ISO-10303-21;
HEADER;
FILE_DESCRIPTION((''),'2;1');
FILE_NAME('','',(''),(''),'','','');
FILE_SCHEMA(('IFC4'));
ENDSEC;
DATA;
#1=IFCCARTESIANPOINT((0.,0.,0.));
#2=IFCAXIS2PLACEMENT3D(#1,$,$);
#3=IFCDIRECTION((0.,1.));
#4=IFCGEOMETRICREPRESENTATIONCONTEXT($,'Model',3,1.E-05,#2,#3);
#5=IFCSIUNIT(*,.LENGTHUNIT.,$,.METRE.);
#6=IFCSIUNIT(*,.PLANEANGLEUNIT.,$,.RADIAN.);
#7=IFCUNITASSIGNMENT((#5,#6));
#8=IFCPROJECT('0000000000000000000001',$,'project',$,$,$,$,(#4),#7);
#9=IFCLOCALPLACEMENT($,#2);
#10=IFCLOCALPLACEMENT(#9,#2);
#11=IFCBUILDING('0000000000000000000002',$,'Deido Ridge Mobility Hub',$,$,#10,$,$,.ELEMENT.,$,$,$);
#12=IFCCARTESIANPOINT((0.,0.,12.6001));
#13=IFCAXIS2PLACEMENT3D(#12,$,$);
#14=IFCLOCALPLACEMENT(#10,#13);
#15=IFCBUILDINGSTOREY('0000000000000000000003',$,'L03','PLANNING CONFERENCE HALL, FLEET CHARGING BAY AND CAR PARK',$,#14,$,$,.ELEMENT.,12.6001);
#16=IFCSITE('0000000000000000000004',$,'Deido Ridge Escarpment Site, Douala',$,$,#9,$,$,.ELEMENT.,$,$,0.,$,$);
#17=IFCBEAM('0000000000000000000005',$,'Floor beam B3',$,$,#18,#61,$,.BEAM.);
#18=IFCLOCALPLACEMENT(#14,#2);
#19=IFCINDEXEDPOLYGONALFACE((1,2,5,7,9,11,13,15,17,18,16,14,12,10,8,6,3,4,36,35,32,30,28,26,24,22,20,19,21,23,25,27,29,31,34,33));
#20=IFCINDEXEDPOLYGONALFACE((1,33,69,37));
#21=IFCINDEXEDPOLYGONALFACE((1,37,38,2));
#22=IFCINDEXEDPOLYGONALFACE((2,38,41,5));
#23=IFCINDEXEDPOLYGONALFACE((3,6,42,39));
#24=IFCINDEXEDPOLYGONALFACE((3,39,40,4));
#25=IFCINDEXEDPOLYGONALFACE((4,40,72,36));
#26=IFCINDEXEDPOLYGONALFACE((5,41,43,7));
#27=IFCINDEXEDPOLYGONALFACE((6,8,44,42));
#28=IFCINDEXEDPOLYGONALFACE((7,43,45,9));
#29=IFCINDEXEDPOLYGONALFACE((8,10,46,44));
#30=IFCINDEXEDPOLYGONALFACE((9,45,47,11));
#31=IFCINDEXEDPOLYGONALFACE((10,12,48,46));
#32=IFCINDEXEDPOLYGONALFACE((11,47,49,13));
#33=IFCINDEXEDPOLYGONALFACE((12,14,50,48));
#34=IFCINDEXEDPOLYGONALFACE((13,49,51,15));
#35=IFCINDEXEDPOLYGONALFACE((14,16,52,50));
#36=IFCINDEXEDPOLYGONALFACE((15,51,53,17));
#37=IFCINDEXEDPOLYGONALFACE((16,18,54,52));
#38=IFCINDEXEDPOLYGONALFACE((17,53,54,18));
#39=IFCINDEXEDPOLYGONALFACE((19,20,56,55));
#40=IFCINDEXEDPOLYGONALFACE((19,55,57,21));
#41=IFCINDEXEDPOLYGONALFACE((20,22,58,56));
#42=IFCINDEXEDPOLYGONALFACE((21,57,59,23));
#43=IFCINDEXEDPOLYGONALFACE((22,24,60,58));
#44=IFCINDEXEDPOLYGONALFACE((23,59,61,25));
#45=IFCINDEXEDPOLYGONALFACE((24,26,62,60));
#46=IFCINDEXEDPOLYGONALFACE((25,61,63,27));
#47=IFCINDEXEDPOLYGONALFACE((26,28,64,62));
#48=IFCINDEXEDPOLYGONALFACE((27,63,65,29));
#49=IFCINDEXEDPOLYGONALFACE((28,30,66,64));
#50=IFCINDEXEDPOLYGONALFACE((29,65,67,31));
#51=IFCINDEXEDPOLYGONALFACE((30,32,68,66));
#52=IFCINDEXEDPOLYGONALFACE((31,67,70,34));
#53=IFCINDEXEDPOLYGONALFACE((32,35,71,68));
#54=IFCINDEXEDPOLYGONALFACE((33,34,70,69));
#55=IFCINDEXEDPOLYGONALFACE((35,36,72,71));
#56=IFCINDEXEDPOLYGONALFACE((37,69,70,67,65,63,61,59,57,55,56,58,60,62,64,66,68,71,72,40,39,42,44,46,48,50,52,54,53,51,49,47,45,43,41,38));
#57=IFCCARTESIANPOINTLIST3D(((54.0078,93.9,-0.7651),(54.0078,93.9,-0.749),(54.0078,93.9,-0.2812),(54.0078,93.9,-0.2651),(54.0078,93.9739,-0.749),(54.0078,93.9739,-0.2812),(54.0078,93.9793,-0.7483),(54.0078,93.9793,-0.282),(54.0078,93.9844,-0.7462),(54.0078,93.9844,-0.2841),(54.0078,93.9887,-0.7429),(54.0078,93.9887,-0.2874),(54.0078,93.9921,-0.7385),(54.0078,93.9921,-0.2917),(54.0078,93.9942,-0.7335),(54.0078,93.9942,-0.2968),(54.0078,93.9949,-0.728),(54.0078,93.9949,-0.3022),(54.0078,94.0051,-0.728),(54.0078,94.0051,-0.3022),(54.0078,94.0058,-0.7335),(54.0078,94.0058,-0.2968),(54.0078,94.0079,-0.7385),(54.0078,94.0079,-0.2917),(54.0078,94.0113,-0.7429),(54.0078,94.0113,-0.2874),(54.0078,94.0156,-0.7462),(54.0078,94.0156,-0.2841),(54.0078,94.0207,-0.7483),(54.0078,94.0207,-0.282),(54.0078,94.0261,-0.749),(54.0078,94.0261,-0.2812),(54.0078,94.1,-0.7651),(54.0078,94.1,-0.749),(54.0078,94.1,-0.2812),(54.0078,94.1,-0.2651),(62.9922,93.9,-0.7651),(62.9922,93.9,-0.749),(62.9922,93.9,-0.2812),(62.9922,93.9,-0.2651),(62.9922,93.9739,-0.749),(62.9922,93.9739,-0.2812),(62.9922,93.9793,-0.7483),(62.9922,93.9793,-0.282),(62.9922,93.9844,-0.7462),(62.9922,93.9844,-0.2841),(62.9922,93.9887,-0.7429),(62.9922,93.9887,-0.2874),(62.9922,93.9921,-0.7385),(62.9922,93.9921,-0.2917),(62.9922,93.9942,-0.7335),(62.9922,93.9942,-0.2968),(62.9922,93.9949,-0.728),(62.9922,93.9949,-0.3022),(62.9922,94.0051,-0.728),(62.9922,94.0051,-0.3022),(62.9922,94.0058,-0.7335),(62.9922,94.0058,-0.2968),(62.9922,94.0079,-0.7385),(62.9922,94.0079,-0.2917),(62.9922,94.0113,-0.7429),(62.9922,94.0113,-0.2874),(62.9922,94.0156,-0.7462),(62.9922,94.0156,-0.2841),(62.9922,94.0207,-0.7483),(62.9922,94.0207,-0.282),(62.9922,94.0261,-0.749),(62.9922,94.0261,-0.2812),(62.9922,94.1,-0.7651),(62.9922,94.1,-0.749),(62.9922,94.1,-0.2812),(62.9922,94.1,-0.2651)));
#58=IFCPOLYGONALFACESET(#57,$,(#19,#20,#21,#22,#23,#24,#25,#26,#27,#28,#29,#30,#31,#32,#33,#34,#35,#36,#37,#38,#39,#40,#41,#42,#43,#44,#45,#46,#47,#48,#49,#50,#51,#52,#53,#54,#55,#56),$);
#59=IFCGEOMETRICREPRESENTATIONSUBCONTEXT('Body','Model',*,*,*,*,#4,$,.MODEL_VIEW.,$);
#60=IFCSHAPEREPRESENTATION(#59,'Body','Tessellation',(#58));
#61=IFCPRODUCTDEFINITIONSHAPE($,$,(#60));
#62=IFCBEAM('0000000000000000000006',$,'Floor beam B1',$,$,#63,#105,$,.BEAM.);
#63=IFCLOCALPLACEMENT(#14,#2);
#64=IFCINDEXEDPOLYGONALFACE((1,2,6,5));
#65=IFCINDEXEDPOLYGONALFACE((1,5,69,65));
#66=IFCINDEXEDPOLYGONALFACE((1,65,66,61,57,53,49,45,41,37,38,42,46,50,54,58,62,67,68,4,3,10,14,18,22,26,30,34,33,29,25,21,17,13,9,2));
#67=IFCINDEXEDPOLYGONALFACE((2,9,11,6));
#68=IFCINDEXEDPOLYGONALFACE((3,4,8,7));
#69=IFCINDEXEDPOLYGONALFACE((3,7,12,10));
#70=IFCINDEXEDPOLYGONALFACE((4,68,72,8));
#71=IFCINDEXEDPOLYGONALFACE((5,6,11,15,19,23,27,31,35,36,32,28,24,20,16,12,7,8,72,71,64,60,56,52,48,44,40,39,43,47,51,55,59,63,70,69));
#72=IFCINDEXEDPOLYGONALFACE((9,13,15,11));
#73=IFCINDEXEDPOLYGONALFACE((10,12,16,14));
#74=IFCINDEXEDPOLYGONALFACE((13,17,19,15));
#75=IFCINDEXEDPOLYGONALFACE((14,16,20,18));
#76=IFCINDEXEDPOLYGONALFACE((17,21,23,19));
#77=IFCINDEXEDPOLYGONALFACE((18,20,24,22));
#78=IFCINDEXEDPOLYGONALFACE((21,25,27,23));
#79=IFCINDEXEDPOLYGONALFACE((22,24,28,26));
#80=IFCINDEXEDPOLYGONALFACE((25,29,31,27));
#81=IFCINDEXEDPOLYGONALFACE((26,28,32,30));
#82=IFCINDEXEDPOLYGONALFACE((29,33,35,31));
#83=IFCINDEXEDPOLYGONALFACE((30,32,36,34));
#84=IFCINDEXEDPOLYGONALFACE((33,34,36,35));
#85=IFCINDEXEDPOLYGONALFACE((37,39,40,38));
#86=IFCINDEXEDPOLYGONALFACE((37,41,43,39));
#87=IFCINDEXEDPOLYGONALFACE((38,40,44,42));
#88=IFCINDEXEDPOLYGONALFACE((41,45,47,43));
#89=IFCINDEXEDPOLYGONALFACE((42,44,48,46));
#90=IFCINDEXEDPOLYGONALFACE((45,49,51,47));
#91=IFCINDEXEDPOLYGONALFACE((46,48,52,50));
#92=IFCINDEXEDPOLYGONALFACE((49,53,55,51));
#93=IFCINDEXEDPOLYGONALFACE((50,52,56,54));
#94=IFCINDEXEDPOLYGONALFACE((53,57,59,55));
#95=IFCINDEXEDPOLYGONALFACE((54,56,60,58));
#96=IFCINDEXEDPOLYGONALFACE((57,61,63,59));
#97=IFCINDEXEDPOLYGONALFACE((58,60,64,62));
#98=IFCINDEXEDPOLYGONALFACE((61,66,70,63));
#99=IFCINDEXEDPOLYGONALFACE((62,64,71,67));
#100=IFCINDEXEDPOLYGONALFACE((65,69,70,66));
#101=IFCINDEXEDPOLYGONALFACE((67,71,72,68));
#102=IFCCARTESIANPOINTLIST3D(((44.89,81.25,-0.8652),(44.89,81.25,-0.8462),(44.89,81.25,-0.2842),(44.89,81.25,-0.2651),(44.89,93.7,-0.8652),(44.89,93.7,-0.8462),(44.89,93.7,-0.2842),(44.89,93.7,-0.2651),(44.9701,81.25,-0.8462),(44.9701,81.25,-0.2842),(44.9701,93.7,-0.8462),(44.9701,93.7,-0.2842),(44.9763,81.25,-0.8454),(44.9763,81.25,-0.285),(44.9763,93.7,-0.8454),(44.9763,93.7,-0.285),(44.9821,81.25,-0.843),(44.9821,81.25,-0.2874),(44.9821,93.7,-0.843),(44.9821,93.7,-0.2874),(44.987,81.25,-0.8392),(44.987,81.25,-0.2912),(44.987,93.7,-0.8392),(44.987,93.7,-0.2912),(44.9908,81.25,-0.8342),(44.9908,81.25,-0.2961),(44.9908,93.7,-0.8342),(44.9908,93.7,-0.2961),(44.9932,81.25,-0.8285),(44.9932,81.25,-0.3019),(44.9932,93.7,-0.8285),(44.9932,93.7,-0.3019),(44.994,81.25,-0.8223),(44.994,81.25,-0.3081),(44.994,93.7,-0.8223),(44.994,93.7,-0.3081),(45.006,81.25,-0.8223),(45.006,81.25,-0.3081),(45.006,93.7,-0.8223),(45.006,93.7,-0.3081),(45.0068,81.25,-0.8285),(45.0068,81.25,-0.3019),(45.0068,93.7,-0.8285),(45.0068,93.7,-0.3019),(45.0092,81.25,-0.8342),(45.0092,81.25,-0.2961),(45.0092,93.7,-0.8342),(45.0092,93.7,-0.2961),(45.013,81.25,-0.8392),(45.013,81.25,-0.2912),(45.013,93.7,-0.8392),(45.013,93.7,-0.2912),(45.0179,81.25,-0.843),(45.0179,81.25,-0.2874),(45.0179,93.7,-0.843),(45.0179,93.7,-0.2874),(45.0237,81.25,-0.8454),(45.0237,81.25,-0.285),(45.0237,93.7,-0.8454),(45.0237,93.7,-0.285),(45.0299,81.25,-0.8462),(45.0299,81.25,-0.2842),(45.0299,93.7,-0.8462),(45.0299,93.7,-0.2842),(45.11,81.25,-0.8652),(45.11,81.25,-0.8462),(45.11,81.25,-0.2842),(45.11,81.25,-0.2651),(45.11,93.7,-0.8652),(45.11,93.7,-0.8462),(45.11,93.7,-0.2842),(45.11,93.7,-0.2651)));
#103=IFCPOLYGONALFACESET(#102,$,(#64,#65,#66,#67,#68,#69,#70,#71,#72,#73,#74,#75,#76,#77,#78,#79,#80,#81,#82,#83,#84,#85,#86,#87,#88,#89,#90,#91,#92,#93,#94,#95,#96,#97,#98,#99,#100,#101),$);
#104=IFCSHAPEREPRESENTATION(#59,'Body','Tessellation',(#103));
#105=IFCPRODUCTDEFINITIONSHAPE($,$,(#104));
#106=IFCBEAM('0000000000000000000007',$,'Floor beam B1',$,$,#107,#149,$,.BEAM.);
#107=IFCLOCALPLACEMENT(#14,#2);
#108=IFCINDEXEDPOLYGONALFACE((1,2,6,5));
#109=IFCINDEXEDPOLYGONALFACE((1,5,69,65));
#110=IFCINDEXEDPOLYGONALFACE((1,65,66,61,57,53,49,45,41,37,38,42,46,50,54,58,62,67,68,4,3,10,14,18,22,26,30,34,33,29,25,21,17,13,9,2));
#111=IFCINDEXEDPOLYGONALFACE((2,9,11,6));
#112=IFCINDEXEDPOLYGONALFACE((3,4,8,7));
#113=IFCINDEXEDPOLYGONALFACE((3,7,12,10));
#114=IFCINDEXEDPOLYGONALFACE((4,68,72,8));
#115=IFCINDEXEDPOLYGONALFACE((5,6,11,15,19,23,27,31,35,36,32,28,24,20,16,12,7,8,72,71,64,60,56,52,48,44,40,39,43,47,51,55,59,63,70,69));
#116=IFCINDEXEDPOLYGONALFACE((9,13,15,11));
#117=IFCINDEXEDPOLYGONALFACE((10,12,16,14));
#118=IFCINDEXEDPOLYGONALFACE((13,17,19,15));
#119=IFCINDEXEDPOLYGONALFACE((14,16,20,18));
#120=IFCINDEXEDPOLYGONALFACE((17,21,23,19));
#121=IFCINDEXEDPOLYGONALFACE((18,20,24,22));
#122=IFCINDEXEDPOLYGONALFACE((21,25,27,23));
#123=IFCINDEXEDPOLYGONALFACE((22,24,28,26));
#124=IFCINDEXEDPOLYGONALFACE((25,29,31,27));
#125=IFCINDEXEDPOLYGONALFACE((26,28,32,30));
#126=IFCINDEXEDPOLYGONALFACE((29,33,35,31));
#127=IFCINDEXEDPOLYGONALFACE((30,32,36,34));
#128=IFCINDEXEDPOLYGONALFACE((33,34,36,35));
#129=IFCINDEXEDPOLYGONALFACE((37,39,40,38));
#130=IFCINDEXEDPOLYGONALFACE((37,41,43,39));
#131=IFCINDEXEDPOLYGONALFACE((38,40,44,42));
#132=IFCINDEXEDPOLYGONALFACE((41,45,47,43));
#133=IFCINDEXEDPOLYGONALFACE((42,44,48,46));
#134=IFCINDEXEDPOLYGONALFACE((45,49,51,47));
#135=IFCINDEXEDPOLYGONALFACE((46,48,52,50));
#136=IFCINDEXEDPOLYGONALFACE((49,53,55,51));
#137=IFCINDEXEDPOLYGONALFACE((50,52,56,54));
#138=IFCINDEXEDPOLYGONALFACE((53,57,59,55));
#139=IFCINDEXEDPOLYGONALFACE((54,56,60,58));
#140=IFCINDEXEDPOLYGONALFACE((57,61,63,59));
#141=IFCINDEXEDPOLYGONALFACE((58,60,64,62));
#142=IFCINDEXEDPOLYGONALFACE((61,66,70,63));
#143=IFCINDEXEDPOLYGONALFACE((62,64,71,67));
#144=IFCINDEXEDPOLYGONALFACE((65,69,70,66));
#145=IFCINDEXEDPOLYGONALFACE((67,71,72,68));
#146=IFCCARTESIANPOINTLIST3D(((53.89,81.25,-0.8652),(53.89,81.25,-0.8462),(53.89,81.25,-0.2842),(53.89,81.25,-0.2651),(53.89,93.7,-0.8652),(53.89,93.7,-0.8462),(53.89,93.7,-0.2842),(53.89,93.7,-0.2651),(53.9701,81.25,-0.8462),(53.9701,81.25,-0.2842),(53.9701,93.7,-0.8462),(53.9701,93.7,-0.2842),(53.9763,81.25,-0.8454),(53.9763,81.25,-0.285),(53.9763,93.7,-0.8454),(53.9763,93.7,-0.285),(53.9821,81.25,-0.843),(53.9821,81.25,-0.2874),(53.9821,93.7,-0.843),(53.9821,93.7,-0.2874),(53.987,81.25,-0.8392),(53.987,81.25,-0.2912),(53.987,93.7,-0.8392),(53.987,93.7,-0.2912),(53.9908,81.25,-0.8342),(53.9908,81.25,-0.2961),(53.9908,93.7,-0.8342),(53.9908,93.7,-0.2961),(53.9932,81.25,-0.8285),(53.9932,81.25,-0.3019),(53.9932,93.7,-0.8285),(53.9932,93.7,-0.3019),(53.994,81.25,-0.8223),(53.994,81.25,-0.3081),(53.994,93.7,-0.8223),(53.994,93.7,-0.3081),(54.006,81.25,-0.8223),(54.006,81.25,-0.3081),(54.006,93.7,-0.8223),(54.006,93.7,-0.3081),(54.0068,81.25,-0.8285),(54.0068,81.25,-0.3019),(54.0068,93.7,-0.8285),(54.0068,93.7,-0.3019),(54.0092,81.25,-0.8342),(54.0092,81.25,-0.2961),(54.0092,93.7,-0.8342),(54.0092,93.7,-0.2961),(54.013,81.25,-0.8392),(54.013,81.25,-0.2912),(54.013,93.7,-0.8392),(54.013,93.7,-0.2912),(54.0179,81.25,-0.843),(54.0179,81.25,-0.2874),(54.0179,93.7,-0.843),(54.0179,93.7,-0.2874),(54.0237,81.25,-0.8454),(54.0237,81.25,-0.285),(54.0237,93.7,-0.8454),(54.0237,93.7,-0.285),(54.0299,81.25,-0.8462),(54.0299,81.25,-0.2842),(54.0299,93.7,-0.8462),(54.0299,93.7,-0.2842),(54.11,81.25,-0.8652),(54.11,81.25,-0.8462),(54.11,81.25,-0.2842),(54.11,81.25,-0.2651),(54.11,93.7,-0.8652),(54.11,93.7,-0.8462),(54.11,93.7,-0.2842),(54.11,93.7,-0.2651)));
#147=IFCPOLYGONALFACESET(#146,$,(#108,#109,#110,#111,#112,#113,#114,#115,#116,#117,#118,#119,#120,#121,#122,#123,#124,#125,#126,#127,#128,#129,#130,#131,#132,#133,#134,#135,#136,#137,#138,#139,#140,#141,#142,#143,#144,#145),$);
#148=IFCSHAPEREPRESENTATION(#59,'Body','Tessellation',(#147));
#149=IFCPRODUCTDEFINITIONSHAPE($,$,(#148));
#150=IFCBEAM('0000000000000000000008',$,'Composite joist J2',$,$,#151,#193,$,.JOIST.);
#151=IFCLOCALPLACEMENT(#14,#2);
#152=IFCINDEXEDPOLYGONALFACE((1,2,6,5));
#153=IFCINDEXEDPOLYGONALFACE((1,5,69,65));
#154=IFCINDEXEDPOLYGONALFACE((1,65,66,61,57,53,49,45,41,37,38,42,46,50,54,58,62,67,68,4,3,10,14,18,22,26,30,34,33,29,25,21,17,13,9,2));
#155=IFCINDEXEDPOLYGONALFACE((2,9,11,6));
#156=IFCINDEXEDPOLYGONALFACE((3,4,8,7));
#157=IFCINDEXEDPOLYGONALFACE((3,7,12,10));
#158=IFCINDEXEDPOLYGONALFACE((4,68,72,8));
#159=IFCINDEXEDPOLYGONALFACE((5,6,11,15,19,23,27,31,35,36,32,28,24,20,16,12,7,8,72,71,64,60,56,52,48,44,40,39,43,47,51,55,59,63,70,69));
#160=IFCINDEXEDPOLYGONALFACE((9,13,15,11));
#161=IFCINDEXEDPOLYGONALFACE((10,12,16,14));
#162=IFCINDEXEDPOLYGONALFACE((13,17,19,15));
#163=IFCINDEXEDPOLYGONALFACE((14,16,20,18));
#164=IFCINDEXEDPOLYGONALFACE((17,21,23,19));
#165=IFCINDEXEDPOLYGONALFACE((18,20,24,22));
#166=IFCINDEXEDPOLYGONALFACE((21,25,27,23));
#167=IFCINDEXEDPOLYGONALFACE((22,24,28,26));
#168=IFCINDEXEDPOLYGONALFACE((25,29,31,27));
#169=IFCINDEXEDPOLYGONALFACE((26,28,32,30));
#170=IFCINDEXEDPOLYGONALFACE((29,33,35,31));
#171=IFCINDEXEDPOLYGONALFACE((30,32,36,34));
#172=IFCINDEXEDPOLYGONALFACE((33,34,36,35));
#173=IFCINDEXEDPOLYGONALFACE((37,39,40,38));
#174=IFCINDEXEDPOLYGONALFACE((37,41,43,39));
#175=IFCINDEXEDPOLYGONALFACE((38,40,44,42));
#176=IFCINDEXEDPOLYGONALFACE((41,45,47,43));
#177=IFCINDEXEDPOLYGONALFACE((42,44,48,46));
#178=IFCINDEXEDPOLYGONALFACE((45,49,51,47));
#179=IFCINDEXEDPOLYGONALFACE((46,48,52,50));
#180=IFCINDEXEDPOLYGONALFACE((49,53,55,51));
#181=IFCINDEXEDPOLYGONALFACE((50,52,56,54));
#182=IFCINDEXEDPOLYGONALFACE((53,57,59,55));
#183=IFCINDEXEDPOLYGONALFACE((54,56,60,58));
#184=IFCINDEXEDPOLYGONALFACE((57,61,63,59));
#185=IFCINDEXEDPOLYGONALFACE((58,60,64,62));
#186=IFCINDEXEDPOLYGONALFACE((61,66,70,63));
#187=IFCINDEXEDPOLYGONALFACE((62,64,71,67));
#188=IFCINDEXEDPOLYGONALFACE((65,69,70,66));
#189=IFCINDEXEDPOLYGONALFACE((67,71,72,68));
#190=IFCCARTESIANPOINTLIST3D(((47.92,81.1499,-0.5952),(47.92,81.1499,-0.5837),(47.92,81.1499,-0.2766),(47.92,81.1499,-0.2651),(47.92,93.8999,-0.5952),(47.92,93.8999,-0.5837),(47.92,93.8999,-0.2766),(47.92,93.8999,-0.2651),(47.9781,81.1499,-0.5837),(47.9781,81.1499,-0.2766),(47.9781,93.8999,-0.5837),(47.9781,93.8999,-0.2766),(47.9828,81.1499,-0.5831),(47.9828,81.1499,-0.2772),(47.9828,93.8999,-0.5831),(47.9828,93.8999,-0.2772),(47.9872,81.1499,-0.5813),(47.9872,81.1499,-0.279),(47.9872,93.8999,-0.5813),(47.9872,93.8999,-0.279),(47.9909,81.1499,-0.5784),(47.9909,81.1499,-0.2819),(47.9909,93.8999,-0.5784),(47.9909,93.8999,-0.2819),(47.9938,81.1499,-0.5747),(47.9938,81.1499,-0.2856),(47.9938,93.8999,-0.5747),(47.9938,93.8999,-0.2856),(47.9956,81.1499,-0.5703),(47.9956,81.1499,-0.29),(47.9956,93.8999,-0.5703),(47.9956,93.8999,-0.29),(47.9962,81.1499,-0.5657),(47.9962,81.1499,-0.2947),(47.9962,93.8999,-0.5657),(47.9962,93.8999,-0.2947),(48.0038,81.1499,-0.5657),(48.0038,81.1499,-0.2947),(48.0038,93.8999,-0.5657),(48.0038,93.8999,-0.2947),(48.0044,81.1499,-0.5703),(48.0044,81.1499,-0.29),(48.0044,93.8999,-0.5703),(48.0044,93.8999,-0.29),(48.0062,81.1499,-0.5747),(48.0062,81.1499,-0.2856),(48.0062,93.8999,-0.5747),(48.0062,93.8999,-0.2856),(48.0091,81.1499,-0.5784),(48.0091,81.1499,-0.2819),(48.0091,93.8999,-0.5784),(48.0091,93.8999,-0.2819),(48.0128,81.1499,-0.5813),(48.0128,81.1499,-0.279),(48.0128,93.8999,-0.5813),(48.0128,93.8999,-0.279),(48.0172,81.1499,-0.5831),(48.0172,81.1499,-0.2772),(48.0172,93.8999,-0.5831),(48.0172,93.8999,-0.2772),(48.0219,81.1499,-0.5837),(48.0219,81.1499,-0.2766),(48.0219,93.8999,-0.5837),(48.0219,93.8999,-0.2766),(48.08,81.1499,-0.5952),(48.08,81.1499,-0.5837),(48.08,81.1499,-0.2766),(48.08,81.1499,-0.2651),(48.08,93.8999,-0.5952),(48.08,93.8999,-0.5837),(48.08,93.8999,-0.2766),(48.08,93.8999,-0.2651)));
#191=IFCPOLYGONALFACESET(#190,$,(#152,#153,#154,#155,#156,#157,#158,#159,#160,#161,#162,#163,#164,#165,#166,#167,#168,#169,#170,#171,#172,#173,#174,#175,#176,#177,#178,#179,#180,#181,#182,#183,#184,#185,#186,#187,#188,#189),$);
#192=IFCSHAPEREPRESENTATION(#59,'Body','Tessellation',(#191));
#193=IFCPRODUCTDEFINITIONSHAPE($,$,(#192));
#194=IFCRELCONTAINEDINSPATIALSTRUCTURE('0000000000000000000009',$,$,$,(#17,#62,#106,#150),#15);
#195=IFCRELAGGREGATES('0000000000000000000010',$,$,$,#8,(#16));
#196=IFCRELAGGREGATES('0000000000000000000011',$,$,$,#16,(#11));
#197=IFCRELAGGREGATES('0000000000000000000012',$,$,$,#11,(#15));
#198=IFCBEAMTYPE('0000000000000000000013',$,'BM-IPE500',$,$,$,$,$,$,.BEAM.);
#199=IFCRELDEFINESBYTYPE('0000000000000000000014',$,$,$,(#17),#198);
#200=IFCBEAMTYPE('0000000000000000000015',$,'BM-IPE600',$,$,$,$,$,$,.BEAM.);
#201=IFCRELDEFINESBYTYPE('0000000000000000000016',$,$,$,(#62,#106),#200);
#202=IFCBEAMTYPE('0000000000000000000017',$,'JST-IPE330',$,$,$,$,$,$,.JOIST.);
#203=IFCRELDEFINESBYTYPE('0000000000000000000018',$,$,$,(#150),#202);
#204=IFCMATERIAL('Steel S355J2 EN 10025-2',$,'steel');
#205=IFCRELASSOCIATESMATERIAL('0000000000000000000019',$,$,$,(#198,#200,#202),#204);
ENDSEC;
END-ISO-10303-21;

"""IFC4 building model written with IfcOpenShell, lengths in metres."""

from ifc_helpers import new_model, si_unit, direction, frame, origin, origin_2d, place, context, subcontext, project, spatial, i_section, extrude, material, material_profile, profile_set, type_object, element, save


model = new_model("IFC4")

# Units and contexts
model_context = context("Model", 3, precision=1e-05, world=origin(), true_north=direction((0.0, 1.0)))
body_context = subcontext(model_context, "Body", "Model", "MODEL_VIEW")
ifc_project = project(units=[si_unit("LENGTHUNIT", "METRE"), si_unit("PLANEANGLEUNIT", "RADIAN")], contexts=[model_context])

# Site, building, storey
site_placement = place(None, origin())
site = spatial("IfcSite", under=ifc_project, at=site_placement, Name="Deido Ridge Escarpment Site, Douala", CompositionType="ELEMENT", RefElevation=0.0)
building_placement = place(site_placement, origin())
building = spatial("IfcBuilding", under=site, at=building_placement, Name="Deido Ridge Mobility Hub", CompositionType="ELEMENT")
storey_placement = place(building_placement, frame((0.0, 0.0, 12.6001)))
storey = spatial("IfcBuildingStorey", under=building, at=storey_placement, Name="L03", Description="PLANNING CONFERENCE HALL, FLEET CHARGING BAY AND CAR PARK", CompositionType="ELEMENT", Elevation=12.6001)

# Shared definitions
ifc_material_1 = material(Name="Steel S355J2 EN 10025-2", Category="steel")

# Beams
ifc_material_profile_1 = material_profile(ifc_material_1, i_section(OverallWidth=0.2, OverallDepth=0.5, WebThickness=0.0103, FlangeThickness=0.0161, FilletRadius=0.021, at=origin_2d()), Name="IPE 500")
ifc_profile_set_1 = profile_set([ifc_material_profile_1], Name="Steel S355J2 EN 10025-2")
beam_type_1 = type_object("IfcBeamType", Name="BM-IPE500", PredefinedType="BEAM", material=ifc_profile_set_1)
for number, where, z_axis, x_axis, name in (
    (1, (54.0078, 94.0, -0.5151), (1.0, 0.0, 0.0), (0.0, 1.0, 0.0), "Floor beam B3"),
):
    element("IfcBeam", number, at=place(storey_placement, frame(where, z_axis=z_axis, x_axis=x_axis)), inside=storey, type_object=beam_type_1, Name=name, PredefinedType="BEAM", context=body_context, shape_type="SweptSolid", body=[
        extrude(i_section(OverallWidth=0.2, OverallDepth=0.5, WebThickness=0.0103, FlangeThickness=0.0161, FilletRadius=0.021, at=origin_2d()), origin(), (0.0, 0.0, 1.0), 8.9844),
    ])
ifc_material_profile_2 = material_profile(ifc_material_1, i_section(OverallWidth=0.22, OverallDepth=0.6001, WebThickness=0.012, FlangeThickness=0.019, FilletRadius=0.0239, at=origin_2d()), Name="IPE 600")
ifc_profile_set_2 = profile_set([ifc_material_profile_2], Name="Steel S355J2 EN 10025-2")
beam_type_2 = type_object("IfcBeamType", Name="BM-IPE600", PredefinedType="BEAM", material=ifc_profile_set_2)
for number, where, z_axis, x_axis, name in (
    (2, (45.0, 81.25, -0.5652), (0.0, 1.0, 0.0), (-1.0, 0.0, 0.0), "Floor beam B1"),
    (3, (54.0, 81.25, -0.5652), (0.0, 1.0, 0.0), (-1.0, 0.0, 0.0), "Floor beam B1"),
):
    element("IfcBeam", number, at=place(storey_placement, frame(where, z_axis=z_axis, x_axis=x_axis)), inside=storey, type_object=beam_type_2, Name=name, PredefinedType="BEAM", context=body_context, shape_type="SweptSolid", body=[
        extrude(i_section(OverallWidth=0.22, OverallDepth=0.6001, WebThickness=0.012, FlangeThickness=0.019, FilletRadius=0.0239, at=origin_2d()), origin(), (0.0, 0.0, 1.0), 12.45),
    ])
ifc_material_profile_3 = material_profile(ifc_material_1, i_section(OverallWidth=0.1599, OverallDepth=0.3301, WebThickness=0.0076, FlangeThickness=0.0115, FilletRadius=0.0181, at=origin_2d()), Name="IPE 330")
ifc_profile_set_3 = profile_set([ifc_material_profile_3], Name="Steel S355J2 EN 10025-2")
beam_type_3 = type_object("IfcBeamType", Name="JST-IPE330", PredefinedType="JOIST", material=ifc_profile_set_3)
beam_1_placement = place(storey_placement, frame((48.0, 81.1499, -0.4302), z_axis=(0.0, 1.0, 0.0), x_axis=(-1.0, 0.0, 0.0)))
element("IfcBeam", 4, at=beam_1_placement, inside=storey, type_object=beam_type_3, Name="Composite joist J2", PredefinedType="JOIST", context=body_context, shape_type="SweptSolid", body=[
    extrude(i_section(OverallWidth=0.1599, OverallDepth=0.3301, WebThickness=0.0076, FlangeThickness=0.0115, FilletRadius=0.0181, at=origin_2d()), origin(), (0.0, 0.0, 1.0), 12.75),
])

save(model, "model.ifc")
